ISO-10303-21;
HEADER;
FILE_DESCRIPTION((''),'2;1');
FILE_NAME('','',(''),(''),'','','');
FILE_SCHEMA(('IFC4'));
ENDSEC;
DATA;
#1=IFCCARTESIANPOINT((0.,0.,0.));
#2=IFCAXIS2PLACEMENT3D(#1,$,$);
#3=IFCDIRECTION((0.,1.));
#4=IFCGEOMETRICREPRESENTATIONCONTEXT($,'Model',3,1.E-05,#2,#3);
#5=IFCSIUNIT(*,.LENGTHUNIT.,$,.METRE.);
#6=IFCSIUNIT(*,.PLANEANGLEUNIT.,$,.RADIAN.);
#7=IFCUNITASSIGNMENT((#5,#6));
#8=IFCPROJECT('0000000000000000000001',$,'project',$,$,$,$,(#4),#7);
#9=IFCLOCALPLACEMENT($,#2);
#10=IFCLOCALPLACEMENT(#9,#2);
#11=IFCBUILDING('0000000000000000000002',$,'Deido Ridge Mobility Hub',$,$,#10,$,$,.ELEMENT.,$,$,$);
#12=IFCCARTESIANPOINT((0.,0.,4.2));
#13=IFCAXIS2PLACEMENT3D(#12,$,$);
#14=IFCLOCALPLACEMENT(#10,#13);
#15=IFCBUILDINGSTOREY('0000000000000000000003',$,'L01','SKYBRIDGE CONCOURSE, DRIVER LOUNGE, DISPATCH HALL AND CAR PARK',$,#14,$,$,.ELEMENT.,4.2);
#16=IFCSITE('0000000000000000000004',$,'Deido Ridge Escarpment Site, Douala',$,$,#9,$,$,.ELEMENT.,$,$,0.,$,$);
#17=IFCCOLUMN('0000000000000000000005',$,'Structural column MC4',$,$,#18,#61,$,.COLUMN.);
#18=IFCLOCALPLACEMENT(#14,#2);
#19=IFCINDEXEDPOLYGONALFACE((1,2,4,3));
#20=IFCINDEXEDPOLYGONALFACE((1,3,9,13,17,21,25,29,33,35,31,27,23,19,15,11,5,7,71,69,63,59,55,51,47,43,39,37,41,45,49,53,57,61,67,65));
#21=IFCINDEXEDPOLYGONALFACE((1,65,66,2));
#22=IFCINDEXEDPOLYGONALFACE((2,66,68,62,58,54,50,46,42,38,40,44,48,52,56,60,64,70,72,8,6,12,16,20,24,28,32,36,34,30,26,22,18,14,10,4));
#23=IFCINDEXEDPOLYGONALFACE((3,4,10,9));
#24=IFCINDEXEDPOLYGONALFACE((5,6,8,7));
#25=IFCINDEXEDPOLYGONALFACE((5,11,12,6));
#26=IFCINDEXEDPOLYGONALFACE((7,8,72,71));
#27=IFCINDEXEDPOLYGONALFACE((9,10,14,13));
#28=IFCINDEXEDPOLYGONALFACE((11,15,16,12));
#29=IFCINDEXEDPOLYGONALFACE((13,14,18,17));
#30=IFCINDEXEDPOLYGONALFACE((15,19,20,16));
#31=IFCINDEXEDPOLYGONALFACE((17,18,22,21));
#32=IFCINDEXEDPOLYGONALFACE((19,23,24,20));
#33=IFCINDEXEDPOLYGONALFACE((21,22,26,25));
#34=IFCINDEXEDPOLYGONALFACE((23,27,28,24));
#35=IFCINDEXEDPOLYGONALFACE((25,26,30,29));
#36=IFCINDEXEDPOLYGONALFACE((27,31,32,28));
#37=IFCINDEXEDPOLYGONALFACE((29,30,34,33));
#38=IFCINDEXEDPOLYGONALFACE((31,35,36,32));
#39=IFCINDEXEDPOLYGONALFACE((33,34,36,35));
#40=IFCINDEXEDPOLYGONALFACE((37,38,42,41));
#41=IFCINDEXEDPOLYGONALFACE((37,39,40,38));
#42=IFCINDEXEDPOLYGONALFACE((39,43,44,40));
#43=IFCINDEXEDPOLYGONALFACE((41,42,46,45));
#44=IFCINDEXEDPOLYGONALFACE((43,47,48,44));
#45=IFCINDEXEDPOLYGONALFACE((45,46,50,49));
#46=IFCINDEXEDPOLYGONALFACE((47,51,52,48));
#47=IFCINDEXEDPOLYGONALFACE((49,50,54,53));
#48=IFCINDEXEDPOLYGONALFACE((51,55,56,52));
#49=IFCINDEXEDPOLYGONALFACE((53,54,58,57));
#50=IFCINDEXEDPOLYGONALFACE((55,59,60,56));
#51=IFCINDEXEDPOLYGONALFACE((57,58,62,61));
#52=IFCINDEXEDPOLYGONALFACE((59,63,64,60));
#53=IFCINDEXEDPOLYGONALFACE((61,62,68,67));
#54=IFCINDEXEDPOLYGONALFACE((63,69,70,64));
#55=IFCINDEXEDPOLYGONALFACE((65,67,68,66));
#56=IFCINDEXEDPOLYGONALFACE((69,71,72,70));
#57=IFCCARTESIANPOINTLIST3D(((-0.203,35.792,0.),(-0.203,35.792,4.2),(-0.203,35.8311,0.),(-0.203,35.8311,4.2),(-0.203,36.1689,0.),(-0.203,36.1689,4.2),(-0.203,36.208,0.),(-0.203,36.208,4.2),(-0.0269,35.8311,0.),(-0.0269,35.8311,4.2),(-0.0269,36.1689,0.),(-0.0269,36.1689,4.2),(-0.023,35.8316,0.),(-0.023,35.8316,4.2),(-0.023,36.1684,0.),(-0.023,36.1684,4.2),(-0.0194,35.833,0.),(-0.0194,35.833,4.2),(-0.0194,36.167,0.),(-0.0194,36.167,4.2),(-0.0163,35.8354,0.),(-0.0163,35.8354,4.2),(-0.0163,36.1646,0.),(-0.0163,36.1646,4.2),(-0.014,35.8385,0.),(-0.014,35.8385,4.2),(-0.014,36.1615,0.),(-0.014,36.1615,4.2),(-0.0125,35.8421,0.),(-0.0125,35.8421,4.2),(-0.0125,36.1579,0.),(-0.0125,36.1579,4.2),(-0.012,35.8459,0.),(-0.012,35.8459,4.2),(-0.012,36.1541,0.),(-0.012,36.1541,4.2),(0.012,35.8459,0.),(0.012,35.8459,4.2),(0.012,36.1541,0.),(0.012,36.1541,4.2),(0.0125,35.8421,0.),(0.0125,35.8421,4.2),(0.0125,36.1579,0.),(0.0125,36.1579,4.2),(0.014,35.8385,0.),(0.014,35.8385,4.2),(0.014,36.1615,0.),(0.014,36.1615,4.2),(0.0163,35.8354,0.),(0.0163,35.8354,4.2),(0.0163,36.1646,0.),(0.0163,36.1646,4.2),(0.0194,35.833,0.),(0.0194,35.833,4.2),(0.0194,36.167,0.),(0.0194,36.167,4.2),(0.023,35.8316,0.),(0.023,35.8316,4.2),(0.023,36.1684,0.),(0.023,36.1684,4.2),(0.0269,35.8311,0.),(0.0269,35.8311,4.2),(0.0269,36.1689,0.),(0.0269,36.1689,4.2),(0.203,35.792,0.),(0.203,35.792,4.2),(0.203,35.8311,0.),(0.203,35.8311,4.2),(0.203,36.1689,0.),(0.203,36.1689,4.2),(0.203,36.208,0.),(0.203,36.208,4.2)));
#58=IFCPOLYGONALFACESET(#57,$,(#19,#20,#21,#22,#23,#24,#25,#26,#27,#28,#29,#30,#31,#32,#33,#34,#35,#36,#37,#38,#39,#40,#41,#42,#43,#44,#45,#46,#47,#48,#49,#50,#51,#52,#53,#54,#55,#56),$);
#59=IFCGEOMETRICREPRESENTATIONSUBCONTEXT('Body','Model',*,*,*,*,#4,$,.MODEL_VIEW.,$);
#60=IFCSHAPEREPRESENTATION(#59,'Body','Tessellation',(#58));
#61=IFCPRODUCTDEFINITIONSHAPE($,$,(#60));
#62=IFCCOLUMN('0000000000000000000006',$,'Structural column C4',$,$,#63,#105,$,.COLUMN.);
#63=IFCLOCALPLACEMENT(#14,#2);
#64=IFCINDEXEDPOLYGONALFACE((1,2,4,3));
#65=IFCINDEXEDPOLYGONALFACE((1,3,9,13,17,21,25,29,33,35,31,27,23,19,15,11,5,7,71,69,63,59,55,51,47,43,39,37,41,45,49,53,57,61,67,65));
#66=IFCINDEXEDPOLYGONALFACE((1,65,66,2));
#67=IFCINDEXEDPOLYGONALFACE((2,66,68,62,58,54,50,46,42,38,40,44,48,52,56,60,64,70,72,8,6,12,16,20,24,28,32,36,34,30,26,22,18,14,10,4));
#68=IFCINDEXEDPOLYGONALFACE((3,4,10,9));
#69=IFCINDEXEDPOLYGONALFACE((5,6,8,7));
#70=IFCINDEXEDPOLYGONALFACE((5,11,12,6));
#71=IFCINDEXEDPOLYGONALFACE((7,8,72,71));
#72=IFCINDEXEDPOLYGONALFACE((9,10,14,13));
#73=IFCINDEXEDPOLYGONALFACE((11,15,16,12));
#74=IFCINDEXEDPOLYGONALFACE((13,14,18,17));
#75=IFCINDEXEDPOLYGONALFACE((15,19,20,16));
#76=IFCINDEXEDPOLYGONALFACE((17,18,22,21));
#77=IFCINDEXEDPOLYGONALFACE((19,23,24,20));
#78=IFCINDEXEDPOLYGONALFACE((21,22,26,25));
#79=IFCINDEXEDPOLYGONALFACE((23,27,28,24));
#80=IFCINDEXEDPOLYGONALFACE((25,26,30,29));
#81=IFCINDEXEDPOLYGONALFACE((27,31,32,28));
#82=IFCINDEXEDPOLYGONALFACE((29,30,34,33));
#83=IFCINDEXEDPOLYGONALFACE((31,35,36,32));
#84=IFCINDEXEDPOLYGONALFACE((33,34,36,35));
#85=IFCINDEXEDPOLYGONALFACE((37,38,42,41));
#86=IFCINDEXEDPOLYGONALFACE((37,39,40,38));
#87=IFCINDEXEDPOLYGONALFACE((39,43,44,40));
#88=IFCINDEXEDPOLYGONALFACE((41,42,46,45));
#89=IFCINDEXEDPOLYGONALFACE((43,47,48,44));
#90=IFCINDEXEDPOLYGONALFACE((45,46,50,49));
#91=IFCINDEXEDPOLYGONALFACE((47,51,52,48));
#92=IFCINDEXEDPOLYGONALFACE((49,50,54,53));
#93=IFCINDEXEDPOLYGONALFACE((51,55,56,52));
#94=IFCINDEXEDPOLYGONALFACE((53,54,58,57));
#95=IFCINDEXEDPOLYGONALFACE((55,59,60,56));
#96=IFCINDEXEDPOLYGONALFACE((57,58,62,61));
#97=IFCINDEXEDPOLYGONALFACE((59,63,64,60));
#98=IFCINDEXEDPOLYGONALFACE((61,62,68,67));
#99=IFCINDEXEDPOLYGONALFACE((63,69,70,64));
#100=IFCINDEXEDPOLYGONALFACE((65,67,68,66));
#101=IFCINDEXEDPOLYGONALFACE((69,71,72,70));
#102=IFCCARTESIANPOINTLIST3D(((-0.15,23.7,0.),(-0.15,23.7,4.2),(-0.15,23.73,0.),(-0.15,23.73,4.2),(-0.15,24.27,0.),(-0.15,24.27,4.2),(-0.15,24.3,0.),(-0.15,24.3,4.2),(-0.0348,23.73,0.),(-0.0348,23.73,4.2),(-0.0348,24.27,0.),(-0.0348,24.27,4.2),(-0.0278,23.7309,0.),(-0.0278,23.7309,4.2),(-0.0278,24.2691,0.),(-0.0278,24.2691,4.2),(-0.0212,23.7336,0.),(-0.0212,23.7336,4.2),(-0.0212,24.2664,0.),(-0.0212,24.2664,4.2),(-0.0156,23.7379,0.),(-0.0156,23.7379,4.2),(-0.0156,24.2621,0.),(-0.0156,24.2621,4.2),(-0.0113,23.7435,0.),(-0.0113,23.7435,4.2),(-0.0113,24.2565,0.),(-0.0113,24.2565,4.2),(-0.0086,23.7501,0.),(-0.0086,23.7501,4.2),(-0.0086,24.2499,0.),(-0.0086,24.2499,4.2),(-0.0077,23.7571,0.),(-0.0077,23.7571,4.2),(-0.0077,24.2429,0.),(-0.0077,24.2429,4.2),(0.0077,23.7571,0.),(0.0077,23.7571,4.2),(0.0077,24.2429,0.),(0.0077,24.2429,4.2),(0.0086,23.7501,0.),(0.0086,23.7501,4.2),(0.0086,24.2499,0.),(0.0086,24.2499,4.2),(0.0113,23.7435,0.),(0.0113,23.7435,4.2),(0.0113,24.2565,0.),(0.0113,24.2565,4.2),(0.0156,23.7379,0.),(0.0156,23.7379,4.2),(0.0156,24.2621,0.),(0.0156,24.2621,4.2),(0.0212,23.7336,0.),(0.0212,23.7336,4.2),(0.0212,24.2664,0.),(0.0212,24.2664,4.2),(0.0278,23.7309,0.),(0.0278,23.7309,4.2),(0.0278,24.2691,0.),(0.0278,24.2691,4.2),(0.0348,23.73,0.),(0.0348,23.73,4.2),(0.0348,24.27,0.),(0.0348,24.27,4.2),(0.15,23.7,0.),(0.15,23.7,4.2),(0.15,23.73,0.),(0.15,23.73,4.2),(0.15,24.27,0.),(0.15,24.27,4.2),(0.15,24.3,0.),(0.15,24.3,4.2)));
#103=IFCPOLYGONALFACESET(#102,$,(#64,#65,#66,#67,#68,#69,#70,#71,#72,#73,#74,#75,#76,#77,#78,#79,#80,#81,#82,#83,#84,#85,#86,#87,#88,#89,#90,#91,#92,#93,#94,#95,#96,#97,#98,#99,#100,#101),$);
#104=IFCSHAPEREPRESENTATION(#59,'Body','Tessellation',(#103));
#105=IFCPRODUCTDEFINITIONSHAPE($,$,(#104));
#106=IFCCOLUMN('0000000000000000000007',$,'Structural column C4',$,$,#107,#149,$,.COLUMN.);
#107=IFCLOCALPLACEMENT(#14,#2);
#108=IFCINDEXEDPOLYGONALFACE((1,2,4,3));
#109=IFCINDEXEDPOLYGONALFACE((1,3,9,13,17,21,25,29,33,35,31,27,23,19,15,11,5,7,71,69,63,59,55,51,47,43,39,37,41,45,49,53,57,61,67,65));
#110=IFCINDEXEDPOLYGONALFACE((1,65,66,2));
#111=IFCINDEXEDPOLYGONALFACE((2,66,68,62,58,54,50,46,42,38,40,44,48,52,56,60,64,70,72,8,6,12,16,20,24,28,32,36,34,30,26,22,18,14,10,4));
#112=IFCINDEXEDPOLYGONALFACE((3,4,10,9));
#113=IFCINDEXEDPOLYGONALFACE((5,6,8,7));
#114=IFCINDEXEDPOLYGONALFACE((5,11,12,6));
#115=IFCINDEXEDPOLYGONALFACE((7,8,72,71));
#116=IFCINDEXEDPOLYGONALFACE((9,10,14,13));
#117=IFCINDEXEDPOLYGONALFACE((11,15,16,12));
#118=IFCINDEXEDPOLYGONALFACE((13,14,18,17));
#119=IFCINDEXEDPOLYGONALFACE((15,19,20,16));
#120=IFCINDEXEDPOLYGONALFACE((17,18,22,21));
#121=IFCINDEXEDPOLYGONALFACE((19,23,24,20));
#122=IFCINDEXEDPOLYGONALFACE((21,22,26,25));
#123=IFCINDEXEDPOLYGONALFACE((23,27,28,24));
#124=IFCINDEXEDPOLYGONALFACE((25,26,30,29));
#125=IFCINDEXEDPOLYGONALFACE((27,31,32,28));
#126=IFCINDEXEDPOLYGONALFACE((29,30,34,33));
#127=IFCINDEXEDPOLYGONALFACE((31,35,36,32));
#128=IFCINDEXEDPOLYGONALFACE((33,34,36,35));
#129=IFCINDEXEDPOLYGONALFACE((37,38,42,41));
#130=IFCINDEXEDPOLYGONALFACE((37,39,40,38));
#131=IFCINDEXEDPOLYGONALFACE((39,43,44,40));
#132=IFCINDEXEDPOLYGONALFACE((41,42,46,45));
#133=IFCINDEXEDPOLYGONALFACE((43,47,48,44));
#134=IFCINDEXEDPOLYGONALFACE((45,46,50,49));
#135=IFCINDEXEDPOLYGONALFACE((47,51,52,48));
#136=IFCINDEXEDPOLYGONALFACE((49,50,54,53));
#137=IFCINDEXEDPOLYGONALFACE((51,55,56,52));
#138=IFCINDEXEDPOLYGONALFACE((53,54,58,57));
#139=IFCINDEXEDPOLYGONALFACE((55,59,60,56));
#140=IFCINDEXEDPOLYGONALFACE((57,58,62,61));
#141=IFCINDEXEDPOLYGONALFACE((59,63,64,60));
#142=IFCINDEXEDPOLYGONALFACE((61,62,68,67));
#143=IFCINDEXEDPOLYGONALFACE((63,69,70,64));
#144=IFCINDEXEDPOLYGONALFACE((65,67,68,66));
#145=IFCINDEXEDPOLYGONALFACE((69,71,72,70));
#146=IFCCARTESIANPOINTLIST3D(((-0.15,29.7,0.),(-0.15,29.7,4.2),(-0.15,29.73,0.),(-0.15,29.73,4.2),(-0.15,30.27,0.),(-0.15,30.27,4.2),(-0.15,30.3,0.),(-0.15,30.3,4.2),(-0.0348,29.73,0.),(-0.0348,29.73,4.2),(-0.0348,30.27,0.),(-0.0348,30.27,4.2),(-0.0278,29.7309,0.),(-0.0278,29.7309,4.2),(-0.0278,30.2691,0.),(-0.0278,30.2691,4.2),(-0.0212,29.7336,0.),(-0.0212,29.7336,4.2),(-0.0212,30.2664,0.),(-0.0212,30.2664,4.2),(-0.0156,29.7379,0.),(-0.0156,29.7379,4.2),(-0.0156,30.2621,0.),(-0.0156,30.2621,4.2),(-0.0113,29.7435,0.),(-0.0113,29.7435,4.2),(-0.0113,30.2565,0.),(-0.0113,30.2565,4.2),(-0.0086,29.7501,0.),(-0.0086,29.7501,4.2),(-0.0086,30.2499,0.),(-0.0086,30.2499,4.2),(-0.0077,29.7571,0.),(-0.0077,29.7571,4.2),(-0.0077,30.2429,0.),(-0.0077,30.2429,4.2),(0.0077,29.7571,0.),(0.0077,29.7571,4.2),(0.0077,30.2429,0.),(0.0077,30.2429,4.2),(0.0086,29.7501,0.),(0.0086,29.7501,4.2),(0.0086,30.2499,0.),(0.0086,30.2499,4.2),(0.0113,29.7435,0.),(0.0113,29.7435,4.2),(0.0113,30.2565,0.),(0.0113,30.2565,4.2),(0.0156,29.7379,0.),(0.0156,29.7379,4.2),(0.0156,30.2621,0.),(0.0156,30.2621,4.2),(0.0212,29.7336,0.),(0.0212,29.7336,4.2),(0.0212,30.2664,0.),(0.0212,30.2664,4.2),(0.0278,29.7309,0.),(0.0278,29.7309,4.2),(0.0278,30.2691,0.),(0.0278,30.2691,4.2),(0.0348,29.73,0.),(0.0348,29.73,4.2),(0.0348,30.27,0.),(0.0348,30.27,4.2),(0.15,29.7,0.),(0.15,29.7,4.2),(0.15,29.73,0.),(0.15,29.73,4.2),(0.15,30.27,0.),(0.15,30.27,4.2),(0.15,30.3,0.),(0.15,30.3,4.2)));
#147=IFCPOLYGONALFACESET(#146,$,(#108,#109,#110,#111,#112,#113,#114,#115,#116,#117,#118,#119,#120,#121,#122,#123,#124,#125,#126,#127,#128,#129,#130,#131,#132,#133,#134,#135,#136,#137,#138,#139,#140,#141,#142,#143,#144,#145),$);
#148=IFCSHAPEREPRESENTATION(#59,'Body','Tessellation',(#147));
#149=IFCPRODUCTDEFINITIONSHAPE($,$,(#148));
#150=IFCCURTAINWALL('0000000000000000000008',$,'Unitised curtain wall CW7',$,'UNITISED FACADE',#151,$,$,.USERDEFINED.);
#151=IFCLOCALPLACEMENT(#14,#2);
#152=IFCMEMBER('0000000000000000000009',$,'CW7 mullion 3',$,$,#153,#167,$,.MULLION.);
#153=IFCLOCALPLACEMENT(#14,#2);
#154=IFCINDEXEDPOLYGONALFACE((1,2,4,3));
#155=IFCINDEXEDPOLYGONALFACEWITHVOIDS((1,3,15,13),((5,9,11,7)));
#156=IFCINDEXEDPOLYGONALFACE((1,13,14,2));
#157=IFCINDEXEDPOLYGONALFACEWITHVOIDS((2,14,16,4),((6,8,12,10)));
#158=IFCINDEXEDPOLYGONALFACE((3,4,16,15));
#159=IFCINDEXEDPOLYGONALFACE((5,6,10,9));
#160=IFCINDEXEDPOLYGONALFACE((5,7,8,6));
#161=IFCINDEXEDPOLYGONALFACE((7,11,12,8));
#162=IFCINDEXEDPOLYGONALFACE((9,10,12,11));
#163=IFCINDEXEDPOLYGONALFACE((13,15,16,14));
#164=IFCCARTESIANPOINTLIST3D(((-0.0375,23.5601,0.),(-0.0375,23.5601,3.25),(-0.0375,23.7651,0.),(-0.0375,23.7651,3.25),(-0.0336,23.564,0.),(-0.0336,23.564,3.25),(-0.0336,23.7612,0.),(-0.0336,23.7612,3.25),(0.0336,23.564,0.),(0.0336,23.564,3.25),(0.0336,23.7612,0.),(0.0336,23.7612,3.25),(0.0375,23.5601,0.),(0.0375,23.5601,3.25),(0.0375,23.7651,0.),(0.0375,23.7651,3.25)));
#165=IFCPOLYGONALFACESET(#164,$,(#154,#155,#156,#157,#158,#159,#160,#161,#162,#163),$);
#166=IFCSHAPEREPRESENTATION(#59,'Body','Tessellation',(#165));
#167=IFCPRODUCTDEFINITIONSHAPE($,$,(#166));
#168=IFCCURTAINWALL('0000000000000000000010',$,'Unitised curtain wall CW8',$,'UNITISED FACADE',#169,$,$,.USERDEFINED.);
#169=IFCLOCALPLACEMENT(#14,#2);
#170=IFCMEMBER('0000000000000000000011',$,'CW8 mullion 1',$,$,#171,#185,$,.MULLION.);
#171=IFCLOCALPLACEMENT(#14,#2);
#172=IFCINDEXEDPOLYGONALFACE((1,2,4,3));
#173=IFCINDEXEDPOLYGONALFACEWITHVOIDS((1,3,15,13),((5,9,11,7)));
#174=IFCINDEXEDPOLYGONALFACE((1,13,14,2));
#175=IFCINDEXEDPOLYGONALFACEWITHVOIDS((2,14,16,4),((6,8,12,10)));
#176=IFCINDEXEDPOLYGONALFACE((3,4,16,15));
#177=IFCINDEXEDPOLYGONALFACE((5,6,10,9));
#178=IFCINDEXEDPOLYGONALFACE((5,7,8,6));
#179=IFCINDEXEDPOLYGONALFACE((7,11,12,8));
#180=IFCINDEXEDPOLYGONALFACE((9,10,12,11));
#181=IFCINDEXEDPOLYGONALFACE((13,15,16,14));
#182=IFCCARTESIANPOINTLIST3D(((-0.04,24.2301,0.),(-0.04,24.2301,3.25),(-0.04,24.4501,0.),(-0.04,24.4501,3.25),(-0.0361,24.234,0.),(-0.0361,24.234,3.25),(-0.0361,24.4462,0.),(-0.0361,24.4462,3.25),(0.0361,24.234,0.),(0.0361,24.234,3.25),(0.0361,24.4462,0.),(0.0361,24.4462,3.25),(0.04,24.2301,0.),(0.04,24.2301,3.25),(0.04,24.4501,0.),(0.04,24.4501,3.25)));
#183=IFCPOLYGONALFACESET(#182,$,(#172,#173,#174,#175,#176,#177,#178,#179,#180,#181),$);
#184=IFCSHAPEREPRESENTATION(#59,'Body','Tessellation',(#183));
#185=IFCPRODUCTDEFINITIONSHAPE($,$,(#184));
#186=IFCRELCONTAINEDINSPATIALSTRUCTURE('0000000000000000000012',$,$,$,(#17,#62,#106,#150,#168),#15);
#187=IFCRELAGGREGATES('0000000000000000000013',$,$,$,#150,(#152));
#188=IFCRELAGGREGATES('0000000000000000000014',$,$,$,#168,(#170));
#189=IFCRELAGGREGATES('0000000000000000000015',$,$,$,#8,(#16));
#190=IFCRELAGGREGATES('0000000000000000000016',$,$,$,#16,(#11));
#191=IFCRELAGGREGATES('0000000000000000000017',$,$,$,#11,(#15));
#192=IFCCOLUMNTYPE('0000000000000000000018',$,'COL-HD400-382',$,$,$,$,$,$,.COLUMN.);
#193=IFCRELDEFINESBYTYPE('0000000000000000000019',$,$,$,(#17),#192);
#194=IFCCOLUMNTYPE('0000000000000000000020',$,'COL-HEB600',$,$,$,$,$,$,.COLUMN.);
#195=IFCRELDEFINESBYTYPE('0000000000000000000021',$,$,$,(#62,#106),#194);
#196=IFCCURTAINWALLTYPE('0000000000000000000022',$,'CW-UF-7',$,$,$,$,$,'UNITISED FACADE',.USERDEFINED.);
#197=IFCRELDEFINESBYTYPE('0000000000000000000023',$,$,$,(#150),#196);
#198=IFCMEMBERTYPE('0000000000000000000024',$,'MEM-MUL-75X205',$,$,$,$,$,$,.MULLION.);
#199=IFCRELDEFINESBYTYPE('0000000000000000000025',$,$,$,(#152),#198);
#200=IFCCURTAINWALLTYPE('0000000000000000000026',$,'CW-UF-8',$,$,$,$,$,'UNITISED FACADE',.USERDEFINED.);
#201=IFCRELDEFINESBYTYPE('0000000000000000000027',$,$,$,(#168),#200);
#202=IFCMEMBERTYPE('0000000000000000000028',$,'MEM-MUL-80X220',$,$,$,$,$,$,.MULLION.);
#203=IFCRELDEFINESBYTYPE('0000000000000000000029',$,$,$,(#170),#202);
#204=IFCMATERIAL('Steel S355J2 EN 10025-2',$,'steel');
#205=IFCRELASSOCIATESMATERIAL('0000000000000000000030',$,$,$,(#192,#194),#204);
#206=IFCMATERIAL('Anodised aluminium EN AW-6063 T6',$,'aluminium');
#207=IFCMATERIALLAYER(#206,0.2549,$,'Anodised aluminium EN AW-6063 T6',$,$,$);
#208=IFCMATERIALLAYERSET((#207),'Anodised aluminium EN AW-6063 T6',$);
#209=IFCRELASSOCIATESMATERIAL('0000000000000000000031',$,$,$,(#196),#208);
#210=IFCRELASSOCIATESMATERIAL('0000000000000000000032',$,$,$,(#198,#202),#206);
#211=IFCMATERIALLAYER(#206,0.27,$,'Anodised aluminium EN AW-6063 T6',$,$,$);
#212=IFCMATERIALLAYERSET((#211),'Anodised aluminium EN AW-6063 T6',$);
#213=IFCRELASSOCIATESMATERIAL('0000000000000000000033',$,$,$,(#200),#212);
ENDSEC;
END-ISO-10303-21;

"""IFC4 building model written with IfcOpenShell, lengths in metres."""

from ifc_helpers import new_model, si_unit, direction, frame, origin, origin_2d, place, context, subcontext, project, spatial, hollow_rectangle, i_section, extrude, material, layer, layer_set, material_profile, profile_set, type_object, element, aggregate, save


model = new_model("IFC4")

# Units and contexts
model_context = context("Model", 3, precision=1e-05, world=origin(), true_north=direction((0.0, 1.0)))
body_context = subcontext(model_context, "Body", "Model", "MODEL_VIEW")
ifc_project = project(units=[si_unit("LENGTHUNIT", "METRE"), si_unit("PLANEANGLEUNIT", "RADIAN")], contexts=[model_context])

# Site, building, storey
site_placement = place(None, origin())
site = spatial("IfcSite", under=ifc_project, at=site_placement, Name="Deido Ridge Escarpment Site, Douala", CompositionType="ELEMENT", RefElevation=0.0)
building_placement = place(site_placement, origin())
building = spatial("IfcBuilding", under=site, at=building_placement, Name="Deido Ridge Mobility Hub", CompositionType="ELEMENT")
storey_placement = place(building_placement, frame((0.0, 0.0, 4.2)))
storey = spatial("IfcBuildingStorey", under=building, at=storey_placement, Name="L01", Description="SKYBRIDGE CONCOURSE, DRIVER LOUNGE, DISPATCH HALL AND CAR PARK", CompositionType="ELEMENT", Elevation=4.2)

# Columns
ifc_material_1 = material(Name="Steel S355J2 EN 10025-2", Category="steel")
ifc_material_profile_1 = material_profile(ifc_material_1, i_section(OverallWidth=0.406, OverallDepth=0.416, WebThickness=0.0239, FlangeThickness=0.0391, FilletRadius=0.0149, at=origin_2d()), Name="HD 400x382")
ifc_profile_set_1 = profile_set([ifc_material_profile_1], Name="Steel S355J2 EN 10025-2")
column_type_1 = type_object("IfcColumnType", Name="COL-HD400-382", PredefinedType="COLUMN", material=ifc_profile_set_1)
column_placement = place(storey_placement, frame((0.0, 36.0, 0.0), z_axis=(0.0, 0.0, 1.0), x_axis=(1.0, 0.0, 0.0)))
element("IfcColumn", 1, at=column_placement, inside=storey, type_object=column_type_1, Name="Structural column MC4", PredefinedType="COLUMN", context=body_context, shape_type="SweptSolid", body=[
    extrude(i_section(OverallWidth=0.406, OverallDepth=0.416, WebThickness=0.0239, FlangeThickness=0.0391, FilletRadius=0.0149, at=origin_2d()), origin(), (0.0, 0.0, 1.0), 4.2),
])
ifc_material_profile_2 = material_profile(ifc_material_1, i_section(OverallWidth=0.3, OverallDepth=0.6001, WebThickness=0.0154, FlangeThickness=0.03, FilletRadius=0.0271, at=origin_2d()), Name="HEB 600")
ifc_profile_set_2 = profile_set([ifc_material_profile_2], Name="Steel S355J2 EN 10025-2")
column_type_2 = type_object("IfcColumnType", Name="COL-HEB600", PredefinedType="COLUMN", material=ifc_profile_set_2)
for number, where, z_axis, x_axis, name in (
    (2, (0.0, 24.0, 0.0), (0.0, 0.0, 1.0), (1.0, 0.0, 0.0), "Structural column C4"),
    (3, (0.0, 30.0, 0.0), (0.0, 0.0, 1.0), (1.0, 0.0, 0.0), "Structural column C4"),
):
    element("IfcColumn", number, at=place(storey_placement, frame(where, z_axis=z_axis, x_axis=x_axis)), inside=storey, type_object=column_type_2, Name=name, PredefinedType="COLUMN", context=body_context, shape_type="SweptSolid", body=[
        extrude(i_section(OverallWidth=0.3, OverallDepth=0.6001, WebThickness=0.0154, FlangeThickness=0.03, FilletRadius=0.0271, at=origin_2d()), origin(), (0.0, 0.0, 1.0), 4.2),
    ])

# Curtain wall, member
ifc_material_2 = material(Name="Anodised aluminium EN AW-6063 T6", Category="aluminium")
ifc_layer_1 = layer(ifc_material_2, 0.2549, Name="Anodised aluminium EN AW-6063 T6")
ifc_layer_set_1 = layer_set([ifc_layer_1], Name="Anodised aluminium EN AW-6063 T6")
curtain_wall_type_1 = type_object("IfcCurtainWallType", Name="CW-UF-7", ElementType="UNITISED FACADE", PredefinedType="USERDEFINED", material=ifc_layer_set_1)
curtain_wall_1_placement = place(storey_placement, origin())
curtain_wall_1 = element("IfcCurtainWall", 4, at=curtain_wall_1_placement, inside=storey, type_object=curtain_wall_type_1, Name="Unitised curtain wall CW7", ObjectType="UNITISED FACADE", PredefinedType="USERDEFINED")
ifc_material_profile_3 = material_profile(ifc_material_2, hollow_rectangle(XDim=0.075, YDim=0.2051, WallThickness=0.0039, at=origin_2d()), Name="RHS 75x205x4")
ifc_profile_set_3 = profile_set([ifc_material_profile_3], Name="Anodised aluminium EN AW-6063 T6")
member_type_1 = type_object("IfcMemberType", Name="MEM-MUL-75X205", PredefinedType="MULLION", material=ifc_profile_set_3)
member_1_placement = place(storey_placement, frame((0.0, 23.6626, 0.0), z_axis=(0.0, 0.0, 1.0), x_axis=(-1.0, 0.0, 0.0)))
member_1 = element("IfcMember", 5, at=member_1_placement, type_object=member_type_1, Name="CW7 mullion 3", PredefinedType="MULLION", context=body_context, shape_type="SweptSolid", body=[
    extrude(hollow_rectangle(XDim=0.075, YDim=0.2051, WallThickness=0.0039, at=origin_2d()), origin(), (0.0, 0.0, 1.0), 3.25),
])

# Curtain wall, member
ifc_layer_2 = layer(ifc_material_2, 0.27, Name="Anodised aluminium EN AW-6063 T6")
ifc_layer_set_2 = layer_set([ifc_layer_2], Name="Anodised aluminium EN AW-6063 T6")
curtain_wall_type_2 = type_object("IfcCurtainWallType", Name="CW-UF-8", ElementType="UNITISED FACADE", PredefinedType="USERDEFINED", material=ifc_layer_set_2)
curtain_wall_2_placement = place(storey_placement, origin())
curtain_wall_2 = element("IfcCurtainWall", 6, at=curtain_wall_2_placement, inside=storey, type_object=curtain_wall_type_2, Name="Unitised curtain wall CW8", ObjectType="UNITISED FACADE", PredefinedType="USERDEFINED")
ifc_material_profile_4 = material_profile(ifc_material_2, hollow_rectangle(XDim=0.0801, YDim=0.22, WallThickness=0.0039, at=origin_2d()), Name="RHS 80x220x4")
ifc_profile_set_4 = profile_set([ifc_material_profile_4], Name="Anodised aluminium EN AW-6063 T6")
member_type_2 = type_object("IfcMemberType", Name="MEM-MUL-80X220", PredefinedType="MULLION", material=ifc_profile_set_4)
member_2_placement = place(storey_placement, frame((0.0, 24.3401, 0.0), z_axis=(0.0, 0.0, 1.0), x_axis=(-1.0, 0.0, 0.0)))
member_2 = element("IfcMember", 7, at=member_2_placement, type_object=member_type_2, Name="CW8 mullion 1", PredefinedType="MULLION", context=body_context, shape_type="SweptSolid", body=[
    extrude(hollow_rectangle(XDim=0.0801, YDim=0.22, WallThickness=0.0039, at=origin_2d()), origin(), (0.0, 0.0, 1.0), 3.25),
])

aggregate(curtain_wall_1, [member_1])
aggregate(curtain_wall_2, [member_2])

save(model, "model.ifc")
